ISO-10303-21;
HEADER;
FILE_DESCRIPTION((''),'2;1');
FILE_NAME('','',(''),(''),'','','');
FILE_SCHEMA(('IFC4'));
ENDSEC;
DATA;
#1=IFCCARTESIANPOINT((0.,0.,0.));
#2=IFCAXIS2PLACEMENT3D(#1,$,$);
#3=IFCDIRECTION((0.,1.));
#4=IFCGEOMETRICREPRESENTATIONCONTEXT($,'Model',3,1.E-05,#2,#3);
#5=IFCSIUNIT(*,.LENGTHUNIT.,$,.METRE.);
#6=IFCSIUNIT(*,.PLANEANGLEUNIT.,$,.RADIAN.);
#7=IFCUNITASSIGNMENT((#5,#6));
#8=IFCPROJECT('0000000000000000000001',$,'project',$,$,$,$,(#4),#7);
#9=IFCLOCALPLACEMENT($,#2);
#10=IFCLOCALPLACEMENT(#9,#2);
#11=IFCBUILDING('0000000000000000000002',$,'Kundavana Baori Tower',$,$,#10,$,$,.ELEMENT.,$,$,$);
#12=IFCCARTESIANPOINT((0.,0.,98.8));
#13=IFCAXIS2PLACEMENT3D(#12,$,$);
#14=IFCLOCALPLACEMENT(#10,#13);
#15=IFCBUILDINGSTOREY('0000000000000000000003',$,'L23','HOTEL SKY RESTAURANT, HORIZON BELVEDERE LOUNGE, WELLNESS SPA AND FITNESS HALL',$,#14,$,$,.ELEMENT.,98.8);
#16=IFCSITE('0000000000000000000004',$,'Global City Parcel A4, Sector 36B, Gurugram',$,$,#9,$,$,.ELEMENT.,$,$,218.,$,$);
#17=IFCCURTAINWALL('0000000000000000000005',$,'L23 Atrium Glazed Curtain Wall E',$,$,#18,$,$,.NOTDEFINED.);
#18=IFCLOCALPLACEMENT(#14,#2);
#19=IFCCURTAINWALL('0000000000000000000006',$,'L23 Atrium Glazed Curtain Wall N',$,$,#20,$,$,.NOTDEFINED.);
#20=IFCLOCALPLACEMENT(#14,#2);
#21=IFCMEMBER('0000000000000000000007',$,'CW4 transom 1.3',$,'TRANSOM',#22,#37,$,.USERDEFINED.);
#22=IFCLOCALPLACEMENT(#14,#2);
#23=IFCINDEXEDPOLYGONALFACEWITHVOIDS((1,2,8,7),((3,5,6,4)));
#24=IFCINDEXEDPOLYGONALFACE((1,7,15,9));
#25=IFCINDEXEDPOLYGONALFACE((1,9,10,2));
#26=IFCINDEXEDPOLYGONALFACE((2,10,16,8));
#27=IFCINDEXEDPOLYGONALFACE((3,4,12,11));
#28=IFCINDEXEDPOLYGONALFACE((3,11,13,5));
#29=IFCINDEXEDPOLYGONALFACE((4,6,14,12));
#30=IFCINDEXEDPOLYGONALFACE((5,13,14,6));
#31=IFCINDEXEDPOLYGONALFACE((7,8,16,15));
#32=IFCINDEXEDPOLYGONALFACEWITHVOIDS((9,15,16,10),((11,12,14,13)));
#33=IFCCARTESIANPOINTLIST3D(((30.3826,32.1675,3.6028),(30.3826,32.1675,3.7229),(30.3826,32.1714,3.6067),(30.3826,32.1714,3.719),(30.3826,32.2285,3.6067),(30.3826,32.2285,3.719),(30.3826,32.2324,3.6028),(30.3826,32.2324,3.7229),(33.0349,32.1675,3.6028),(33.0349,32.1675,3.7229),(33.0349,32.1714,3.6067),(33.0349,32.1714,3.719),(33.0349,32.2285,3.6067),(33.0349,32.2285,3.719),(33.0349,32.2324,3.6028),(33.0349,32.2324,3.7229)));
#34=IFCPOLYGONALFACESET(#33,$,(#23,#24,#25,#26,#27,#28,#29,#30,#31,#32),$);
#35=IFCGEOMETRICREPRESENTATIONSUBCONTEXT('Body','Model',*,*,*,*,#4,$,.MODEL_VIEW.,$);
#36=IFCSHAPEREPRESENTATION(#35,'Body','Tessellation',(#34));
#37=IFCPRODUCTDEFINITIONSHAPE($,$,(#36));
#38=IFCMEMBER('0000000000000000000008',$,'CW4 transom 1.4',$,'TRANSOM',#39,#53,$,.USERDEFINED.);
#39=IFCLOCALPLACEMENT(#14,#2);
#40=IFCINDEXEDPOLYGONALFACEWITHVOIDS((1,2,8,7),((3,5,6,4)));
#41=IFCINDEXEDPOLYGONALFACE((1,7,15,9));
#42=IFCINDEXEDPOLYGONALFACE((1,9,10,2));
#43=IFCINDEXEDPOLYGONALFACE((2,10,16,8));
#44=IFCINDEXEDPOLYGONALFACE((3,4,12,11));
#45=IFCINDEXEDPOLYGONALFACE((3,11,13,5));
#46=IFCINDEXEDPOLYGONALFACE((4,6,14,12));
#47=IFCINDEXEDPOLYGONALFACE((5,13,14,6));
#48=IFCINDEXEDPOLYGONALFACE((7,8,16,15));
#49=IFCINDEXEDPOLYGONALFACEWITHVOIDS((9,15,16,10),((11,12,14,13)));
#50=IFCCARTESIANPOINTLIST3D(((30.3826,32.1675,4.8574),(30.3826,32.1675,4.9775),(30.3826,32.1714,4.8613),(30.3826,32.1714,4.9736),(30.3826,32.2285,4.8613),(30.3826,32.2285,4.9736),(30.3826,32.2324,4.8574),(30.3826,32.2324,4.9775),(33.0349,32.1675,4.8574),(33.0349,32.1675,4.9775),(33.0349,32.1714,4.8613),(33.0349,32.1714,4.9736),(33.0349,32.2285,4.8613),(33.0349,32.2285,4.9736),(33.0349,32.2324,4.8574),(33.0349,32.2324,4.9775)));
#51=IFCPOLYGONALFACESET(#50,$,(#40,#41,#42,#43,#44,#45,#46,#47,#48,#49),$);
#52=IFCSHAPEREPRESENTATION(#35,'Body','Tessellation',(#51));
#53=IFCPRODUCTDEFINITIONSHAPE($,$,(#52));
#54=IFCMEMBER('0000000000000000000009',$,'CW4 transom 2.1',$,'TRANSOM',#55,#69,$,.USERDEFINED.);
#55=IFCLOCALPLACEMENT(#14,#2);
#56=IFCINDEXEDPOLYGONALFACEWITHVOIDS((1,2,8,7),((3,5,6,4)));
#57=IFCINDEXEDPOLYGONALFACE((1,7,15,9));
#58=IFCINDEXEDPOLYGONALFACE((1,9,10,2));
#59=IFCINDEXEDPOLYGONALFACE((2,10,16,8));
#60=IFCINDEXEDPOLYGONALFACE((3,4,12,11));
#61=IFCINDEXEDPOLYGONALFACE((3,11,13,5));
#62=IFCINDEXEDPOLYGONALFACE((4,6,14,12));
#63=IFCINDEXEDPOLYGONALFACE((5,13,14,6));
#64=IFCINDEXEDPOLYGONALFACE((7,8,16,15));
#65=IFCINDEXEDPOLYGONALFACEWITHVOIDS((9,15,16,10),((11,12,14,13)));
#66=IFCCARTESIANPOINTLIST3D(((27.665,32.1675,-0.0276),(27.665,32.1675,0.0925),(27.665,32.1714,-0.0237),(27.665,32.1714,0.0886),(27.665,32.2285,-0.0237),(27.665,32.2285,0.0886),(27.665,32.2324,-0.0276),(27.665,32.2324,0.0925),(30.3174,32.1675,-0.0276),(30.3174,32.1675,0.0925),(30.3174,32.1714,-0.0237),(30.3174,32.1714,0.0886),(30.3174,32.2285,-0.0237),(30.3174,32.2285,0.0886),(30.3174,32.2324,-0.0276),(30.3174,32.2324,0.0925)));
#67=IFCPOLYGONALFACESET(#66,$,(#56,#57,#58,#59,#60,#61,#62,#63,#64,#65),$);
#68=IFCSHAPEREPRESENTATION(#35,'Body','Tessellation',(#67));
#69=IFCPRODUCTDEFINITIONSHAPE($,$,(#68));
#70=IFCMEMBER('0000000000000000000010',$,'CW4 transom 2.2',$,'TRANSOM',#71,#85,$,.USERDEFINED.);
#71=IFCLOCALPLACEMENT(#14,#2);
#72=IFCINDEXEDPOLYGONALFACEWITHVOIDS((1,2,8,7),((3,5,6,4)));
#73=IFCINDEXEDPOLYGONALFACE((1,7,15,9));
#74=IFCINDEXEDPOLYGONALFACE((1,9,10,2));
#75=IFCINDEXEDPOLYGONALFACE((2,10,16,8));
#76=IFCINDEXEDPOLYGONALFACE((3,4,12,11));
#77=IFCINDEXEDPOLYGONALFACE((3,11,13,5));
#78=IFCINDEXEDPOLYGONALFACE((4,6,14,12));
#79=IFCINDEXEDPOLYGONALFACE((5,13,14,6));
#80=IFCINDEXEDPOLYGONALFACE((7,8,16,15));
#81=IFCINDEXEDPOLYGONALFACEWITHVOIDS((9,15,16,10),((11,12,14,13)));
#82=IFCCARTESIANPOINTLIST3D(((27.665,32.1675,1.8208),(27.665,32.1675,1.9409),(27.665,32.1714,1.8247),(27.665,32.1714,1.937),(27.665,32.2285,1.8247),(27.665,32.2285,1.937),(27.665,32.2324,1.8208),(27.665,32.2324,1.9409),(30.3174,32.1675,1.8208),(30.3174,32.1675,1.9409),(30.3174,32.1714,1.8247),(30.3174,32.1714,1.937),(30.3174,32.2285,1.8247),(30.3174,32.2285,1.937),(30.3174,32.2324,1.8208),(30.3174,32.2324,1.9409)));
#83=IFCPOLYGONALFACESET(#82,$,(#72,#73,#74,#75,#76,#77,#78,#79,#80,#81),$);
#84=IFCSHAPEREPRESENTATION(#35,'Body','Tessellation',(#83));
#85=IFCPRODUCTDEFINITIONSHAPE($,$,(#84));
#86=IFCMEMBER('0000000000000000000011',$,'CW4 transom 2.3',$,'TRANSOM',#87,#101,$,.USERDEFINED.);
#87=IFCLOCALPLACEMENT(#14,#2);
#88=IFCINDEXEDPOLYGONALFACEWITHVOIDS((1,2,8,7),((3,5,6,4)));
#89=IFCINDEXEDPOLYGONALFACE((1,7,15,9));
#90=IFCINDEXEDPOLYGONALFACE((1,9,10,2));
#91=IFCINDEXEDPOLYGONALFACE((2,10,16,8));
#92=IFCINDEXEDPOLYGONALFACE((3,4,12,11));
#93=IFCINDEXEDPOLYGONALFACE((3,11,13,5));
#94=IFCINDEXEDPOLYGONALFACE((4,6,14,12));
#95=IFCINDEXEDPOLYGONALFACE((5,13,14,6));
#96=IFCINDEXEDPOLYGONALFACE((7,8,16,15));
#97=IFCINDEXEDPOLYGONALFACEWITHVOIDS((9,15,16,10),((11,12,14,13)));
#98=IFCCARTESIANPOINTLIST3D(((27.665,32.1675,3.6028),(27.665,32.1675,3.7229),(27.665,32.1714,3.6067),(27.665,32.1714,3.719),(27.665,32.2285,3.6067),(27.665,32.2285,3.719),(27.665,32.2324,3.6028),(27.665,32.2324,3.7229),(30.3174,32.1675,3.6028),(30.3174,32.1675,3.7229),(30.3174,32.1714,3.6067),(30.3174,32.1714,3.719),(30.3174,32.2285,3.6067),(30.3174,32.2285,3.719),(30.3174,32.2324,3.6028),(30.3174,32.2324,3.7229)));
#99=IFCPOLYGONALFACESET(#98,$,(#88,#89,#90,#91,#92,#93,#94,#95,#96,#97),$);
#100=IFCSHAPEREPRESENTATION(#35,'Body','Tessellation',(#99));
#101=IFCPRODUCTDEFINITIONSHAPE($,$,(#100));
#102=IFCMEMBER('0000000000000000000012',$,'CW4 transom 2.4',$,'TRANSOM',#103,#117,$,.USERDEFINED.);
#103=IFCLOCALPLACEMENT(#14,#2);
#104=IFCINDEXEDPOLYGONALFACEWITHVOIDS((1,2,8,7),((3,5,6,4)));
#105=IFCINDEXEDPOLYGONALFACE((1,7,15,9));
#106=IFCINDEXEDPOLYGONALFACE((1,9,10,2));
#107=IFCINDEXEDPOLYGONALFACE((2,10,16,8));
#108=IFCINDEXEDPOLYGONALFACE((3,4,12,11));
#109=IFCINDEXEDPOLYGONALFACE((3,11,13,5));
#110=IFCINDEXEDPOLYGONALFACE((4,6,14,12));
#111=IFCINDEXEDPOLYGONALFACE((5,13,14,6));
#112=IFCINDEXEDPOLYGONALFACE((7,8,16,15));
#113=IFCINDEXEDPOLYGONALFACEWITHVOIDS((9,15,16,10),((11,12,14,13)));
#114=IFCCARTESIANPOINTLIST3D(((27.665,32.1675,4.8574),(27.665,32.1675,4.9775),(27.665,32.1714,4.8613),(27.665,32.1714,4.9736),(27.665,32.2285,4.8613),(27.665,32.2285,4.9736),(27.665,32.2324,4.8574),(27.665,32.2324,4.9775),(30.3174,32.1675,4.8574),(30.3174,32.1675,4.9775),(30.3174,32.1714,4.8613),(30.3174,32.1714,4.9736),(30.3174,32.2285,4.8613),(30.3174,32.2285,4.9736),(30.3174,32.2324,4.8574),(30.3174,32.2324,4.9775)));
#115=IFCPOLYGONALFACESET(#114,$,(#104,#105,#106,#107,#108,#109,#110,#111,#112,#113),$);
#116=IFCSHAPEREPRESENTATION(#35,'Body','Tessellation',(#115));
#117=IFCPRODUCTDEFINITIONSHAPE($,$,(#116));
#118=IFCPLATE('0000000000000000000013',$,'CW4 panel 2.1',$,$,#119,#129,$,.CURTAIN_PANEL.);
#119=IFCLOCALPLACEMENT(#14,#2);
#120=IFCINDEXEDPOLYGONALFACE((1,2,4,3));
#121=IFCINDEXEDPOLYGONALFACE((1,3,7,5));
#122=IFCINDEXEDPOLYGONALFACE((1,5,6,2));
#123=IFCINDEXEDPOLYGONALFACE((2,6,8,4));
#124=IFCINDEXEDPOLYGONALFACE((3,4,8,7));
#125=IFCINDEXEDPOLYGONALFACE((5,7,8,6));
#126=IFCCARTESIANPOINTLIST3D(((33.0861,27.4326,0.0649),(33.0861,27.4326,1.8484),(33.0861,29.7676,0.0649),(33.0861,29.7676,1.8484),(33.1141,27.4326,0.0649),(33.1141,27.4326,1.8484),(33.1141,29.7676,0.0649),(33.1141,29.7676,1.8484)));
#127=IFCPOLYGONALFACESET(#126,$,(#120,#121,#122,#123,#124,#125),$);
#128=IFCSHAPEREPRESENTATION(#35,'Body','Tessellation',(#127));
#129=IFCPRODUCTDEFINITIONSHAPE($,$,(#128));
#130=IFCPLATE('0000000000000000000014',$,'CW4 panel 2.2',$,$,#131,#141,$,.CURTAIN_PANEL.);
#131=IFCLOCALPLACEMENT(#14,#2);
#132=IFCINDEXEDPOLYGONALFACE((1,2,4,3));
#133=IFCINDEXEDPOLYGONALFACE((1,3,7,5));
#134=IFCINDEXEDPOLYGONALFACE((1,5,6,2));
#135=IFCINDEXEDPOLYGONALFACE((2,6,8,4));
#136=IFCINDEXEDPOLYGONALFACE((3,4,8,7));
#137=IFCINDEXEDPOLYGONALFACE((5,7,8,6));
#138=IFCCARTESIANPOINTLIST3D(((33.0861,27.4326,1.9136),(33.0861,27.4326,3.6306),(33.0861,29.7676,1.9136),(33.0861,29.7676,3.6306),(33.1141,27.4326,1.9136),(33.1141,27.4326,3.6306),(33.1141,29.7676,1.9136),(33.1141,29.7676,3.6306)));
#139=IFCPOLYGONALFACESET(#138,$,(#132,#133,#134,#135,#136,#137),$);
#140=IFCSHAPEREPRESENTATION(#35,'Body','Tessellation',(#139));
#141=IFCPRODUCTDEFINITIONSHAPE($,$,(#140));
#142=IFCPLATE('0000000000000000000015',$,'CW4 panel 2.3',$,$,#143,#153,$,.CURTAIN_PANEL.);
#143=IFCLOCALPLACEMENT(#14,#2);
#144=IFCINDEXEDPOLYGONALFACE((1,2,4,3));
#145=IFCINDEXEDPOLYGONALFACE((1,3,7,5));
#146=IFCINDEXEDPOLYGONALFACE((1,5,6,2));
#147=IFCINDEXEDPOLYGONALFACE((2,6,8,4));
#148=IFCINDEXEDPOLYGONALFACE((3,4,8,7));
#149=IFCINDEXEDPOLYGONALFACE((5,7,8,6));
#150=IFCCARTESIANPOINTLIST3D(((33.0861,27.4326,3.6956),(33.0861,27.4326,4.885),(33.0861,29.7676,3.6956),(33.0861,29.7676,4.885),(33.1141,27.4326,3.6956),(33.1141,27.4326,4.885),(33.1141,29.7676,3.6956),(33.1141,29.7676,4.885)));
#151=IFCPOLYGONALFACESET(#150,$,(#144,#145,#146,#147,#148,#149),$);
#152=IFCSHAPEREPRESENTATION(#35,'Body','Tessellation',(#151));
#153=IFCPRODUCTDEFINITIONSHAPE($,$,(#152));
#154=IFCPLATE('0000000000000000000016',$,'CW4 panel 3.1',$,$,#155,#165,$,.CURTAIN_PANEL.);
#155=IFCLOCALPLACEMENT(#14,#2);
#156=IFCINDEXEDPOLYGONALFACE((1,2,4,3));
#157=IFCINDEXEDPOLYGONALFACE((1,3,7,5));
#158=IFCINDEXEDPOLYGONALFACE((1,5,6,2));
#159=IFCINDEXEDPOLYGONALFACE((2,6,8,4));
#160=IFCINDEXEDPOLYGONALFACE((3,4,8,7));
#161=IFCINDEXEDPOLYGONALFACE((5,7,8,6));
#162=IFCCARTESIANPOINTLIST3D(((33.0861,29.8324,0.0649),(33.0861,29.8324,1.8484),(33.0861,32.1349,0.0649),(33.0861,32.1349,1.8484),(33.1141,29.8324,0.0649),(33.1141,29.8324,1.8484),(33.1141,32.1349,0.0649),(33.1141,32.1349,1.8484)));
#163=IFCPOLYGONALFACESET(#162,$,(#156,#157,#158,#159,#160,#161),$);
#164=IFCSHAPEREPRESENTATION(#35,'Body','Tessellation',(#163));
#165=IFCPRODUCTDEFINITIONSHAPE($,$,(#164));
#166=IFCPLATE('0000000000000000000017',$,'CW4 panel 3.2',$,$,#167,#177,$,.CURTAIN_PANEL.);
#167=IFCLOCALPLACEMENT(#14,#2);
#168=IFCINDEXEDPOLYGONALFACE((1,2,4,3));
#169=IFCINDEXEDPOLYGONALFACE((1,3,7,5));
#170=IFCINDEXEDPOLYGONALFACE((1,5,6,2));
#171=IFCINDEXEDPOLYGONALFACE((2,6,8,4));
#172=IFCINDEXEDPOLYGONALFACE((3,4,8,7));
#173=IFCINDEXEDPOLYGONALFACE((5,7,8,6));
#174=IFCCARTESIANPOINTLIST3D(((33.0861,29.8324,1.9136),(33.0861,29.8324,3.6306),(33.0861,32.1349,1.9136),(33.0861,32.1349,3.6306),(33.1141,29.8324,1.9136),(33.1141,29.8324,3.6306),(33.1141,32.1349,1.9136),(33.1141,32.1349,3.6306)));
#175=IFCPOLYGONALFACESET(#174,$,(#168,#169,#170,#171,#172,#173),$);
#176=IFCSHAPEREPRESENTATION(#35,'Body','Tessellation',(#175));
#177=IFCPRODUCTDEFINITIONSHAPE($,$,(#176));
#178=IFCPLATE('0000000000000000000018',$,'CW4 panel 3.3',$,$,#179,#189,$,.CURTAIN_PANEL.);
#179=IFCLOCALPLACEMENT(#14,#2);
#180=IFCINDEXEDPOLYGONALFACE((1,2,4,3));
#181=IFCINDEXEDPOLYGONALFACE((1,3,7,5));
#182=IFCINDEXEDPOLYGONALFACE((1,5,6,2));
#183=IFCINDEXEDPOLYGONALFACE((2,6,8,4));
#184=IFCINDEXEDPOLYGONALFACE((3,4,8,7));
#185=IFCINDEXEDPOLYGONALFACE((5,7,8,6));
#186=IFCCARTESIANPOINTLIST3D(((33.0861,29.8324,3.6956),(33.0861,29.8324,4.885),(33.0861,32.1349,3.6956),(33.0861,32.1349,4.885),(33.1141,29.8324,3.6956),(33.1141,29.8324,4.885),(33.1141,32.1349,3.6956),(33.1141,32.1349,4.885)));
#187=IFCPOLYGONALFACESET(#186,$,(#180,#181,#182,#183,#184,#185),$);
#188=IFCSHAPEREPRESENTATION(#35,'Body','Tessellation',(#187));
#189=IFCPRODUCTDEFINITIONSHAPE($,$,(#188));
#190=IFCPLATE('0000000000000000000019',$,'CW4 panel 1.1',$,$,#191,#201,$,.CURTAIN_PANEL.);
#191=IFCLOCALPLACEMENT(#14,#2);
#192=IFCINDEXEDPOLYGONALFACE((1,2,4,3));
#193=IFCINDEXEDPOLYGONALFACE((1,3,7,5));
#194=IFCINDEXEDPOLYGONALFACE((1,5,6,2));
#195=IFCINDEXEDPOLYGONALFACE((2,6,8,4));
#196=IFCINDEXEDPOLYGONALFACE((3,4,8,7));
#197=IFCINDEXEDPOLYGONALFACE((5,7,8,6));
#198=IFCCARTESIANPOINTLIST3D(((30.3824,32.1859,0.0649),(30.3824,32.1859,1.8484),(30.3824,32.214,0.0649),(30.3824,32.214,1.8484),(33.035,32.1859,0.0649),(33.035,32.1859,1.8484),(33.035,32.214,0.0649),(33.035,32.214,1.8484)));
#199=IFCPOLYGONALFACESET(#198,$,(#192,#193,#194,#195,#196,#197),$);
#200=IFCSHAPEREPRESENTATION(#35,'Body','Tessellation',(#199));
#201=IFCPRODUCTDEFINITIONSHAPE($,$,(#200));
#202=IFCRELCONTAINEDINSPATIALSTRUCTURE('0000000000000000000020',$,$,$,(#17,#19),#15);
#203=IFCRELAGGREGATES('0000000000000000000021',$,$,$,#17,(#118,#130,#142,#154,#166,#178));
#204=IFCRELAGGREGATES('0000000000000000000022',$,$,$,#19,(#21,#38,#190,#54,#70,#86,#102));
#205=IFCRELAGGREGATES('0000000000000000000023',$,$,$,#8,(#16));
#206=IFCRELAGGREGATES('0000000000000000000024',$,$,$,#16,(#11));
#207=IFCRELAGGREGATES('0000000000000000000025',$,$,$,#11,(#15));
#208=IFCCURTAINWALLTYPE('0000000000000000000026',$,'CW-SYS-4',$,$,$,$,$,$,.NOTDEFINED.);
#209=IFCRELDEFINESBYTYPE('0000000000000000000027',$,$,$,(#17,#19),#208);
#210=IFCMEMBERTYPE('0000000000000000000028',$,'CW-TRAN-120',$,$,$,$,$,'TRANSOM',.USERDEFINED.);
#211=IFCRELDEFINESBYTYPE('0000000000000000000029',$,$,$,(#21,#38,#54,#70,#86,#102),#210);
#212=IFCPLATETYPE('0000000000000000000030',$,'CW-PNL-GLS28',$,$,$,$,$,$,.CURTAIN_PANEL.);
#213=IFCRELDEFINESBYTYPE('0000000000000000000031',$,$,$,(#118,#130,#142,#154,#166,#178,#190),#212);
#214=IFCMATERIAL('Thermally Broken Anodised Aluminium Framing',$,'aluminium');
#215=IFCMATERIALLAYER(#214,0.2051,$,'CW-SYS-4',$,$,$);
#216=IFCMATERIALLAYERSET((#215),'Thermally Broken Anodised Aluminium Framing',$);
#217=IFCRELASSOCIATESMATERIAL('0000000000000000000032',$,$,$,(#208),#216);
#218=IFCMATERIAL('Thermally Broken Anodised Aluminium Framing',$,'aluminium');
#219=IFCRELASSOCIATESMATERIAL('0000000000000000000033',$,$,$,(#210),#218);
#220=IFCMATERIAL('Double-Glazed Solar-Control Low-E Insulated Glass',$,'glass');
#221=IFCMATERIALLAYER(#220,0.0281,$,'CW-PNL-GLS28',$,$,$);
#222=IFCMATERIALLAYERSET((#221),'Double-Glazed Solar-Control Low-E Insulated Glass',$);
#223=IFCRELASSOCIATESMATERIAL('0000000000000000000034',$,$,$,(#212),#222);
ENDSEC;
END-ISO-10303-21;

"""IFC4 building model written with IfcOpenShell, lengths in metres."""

from ifc_helpers import new_model, si_unit, direction, frame, origin, origin_2d, place, context, subcontext, project, spatial, rectangle, hollow_rectangle, extrude, material, layer, layer_set, material_profile, profile_set, type_object, element, aggregate, save


model = new_model("IFC4")

# Units and contexts
model_context = context("Model", 3, precision=1e-05, world=origin(), true_north=direction((0.0, 1.0)))
body_context = subcontext(model_context, "Body", "Model", "MODEL_VIEW")
ifc_project = project(units=[si_unit("LENGTHUNIT", "METRE"), si_unit("PLANEANGLEUNIT", "RADIAN")], contexts=[model_context])

# Site, building, storey
site_placement = place(None, origin())
site = spatial("IfcSite", under=ifc_project, at=site_placement, Name="Global City Parcel A4, Sector 36B, Gurugram", CompositionType="ELEMENT", RefElevation=218.0)
building_placement = place(site_placement, origin())
building = spatial("IfcBuilding", under=site, at=building_placement, Name="Kundavana Baori Tower", CompositionType="ELEMENT")
storey_placement = place(building_placement, frame((0.0, 0.0, 98.8)))
storey = spatial("IfcBuildingStorey", under=building, at=storey_placement, Name="L23", Description="HOTEL SKY RESTAURANT, HORIZON BELVEDERE LOUNGE, WELLNESS SPA AND FITNESS HALL", CompositionType="ELEMENT", Elevation=98.8)

# Curtain walls
ifc_material_1 = material(Name="Thermally Broken Anodised Aluminium Framing", Category="aluminium")
ifc_layer_1 = layer(ifc_material_1, 0.2051, Name="CW-SYS-4")
ifc_layer_set_1 = layer_set([ifc_layer_1], Name="Thermally Broken Anodised Aluminium Framing")
curtain_wall_type = type_object("IfcCurtainWallType", Name="CW-SYS-4", PredefinedType="NOTDEFINED", material=ifc_layer_set_1)
curtain_wall_1_placement = place(storey_placement, origin())
curtain_wall_1 = element("IfcCurtainWall", 1, at=curtain_wall_1_placement, inside=storey, type_object=curtain_wall_type, Name="L23 Atrium Glazed Curtain Wall E", PredefinedType="NOTDEFINED")
curtain_wall_2_placement = place(storey_placement, origin())
curtain_wall_2 = element("IfcCurtainWall", 2, at=curtain_wall_2_placement, inside=storey, type_object=curtain_wall_type, Name="L23 Atrium Glazed Curtain Wall N", PredefinedType="NOTDEFINED")

# Members
ifc_material_2 = material(Name="Thermally Broken Anodised Aluminium Framing", Category="aluminium")
ifc_material_profile_1 = material_profile(ifc_material_2, hollow_rectangle(XDim=0.0649, YDim=0.1201, WallThickness=0.0039, at=origin_2d()), Name="CW-TRAN-120")
ifc_profile_set_1 = profile_set([ifc_material_profile_1], Name="Thermally Broken Anodised Aluminium Framing")
member_type_1 = type_object("IfcMemberType", Name="CW-TRAN-120", ElementType="TRANSOM", PredefinedType="USERDEFINED", material=ifc_profile_set_1)
member_1_placement = place(storey_placement, frame((33.0349, 32.2, 3.6628), z_axis=(-1.0, 0.0, 0.0), x_axis=(0.0, -1.0, 0.0)))
member_1 = element("IfcMember", 3, at=member_1_placement, type_object=member_type_1, Name="CW4 transom 1.3", ObjectType="TRANSOM", PredefinedType="USERDEFINED", context=body_context, shape_type="SweptSolid", body=[
    extrude(hollow_rectangle(XDim=0.0649, YDim=0.1201, WallThickness=0.0039, at=origin_2d()), origin(), (0.0, 0.0, 1.0), 2.6523),
])
member_2_placement = place(storey_placement, frame((33.0349, 32.2, 4.9175), z_axis=(-1.0, 0.0, 0.0), x_axis=(0.0, -1.0, 0.0)))
member_2 = element("IfcMember", 4, at=member_2_placement, type_object=member_type_1, Name="CW4 transom 1.4", ObjectType="TRANSOM", PredefinedType="USERDEFINED", context=body_context, shape_type="SweptSolid", body=[
    extrude(hollow_rectangle(XDim=0.0649, YDim=0.1201, WallThickness=0.0039, at=origin_2d()), origin(), (0.0, 0.0, 1.0), 2.6523),
])
member_3_placement = place(storey_placement, frame((30.3174, 32.2, 0.0325), z_axis=(-1.0, 0.0, 0.0), x_axis=(0.0, -1.0, 0.0)))
member_3 = element("IfcMember", 5, at=member_3_placement, type_object=member_type_1, Name="CW4 transom 2.1", ObjectType="TRANSOM", PredefinedType="USERDEFINED", context=body_context, shape_type="SweptSolid", body=[
    extrude(hollow_rectangle(XDim=0.0649, YDim=0.1201, WallThickness=0.0039, at=origin_2d()), origin(), (0.0, 0.0, 1.0), 2.6523),
])
member_4_placement = place(storey_placement, frame((30.3174, 32.2, 1.8809), z_axis=(-1.0, 0.0, 0.0), x_axis=(0.0, -1.0, 0.0)))
member_4 = element("IfcMember", 6, at=member_4_placement, type_object=member_type_1, Name="CW4 transom 2.2", ObjectType="TRANSOM", PredefinedType="USERDEFINED", context=body_context, shape_type="SweptSolid", body=[
    extrude(hollow_rectangle(XDim=0.0649, YDim=0.1201, WallThickness=0.0039, at=origin_2d()), origin(), (0.0, 0.0, 1.0), 2.6523),
])
member_5_placement = place(storey_placement, frame((30.3174, 32.2, 3.6628), z_axis=(-1.0, 0.0, 0.0), x_axis=(0.0, -1.0, 0.0)))
member_5 = element("IfcMember", 7, at=member_5_placement, type_object=member_type_1, Name="CW4 transom 2.3", ObjectType="TRANSOM", PredefinedType="USERDEFINED", context=body_context, shape_type="SweptSolid", body=[
    extrude(hollow_rectangle(XDim=0.0649, YDim=0.1201, WallThickness=0.0039, at=origin_2d()), origin(), (0.0, 0.0, 1.0), 2.6523),
])
member_6_placement = place(storey_placement, frame((30.3174, 32.2, 4.9175), z_axis=(-1.0, 0.0, 0.0), x_axis=(0.0, -1.0, 0.0)))
member_6 = element("IfcMember", 8, at=member_6_placement, type_object=member_type_1, Name="CW4 transom 2.4", ObjectType="TRANSOM", PredefinedType="USERDEFINED", context=body_context, shape_type="SweptSolid", body=[
    extrude(hollow_rectangle(XDim=0.0649, YDim=0.1201, WallThickness=0.0039, at=origin_2d()), origin(), (0.0, 0.0, 1.0), 2.6523),
])

# Plates
ifc_material_3 = material(Name="Double-Glazed Solar-Control Low-E Insulated Glass", Category="glass")
ifc_layer_2 = layer(ifc_material_3, 0.0281, Name="CW-PNL-GLS28")
ifc_layer_set_2 = layer_set([ifc_layer_2], Name="Double-Glazed Solar-Control Low-E Insulated Glass")
plate_type = type_object("IfcPlateType", Name="CW-PNL-GLS28", PredefinedType="CURTAIN_PANEL", material=ifc_layer_set_2)
plate_1_placement = place(storey_placement, frame((33.1001, 28.6001, 0.0649), z_axis=(0.0, 0.0, 1.0), x_axis=(0.0, 1.0, 0.0)))
plate_1 = element("IfcPlate", 9, at=plate_1_placement, type_object=plate_type, Name="CW4 panel 2.1", PredefinedType="CURTAIN_PANEL", context=body_context, shape_type="SweptSolid", body=[
    extrude(rectangle(XDim=2.335, YDim=0.0281, at=origin_2d()), origin(), (0.0, 0.0, 1.0), 1.7834),
])
plate_2_placement = place(storey_placement, frame((33.1001, 28.6001, 1.9136), z_axis=(0.0, 0.0, 1.0), x_axis=(0.0, 1.0, 0.0)))
plate_2 = element("IfcPlate", 10, at=plate_2_placement, type_object=plate_type, Name="CW4 panel 2.2", PredefinedType="CURTAIN_PANEL", context=body_context, shape_type="SweptSolid", body=[
    extrude(rectangle(XDim=2.335, YDim=0.0281, at=origin_2d()), origin(), (0.0, 0.0, 1.0), 1.717),
])
plate_3_placement = place(storey_placement, frame((33.1001, 28.6001, 3.6956), z_axis=(0.0, 0.0, 1.0), x_axis=(0.0, 1.0, 0.0)))
plate_3 = element("IfcPlate", 11, at=plate_3_placement, type_object=plate_type, Name="CW4 panel 2.3", PredefinedType="CURTAIN_PANEL", context=body_context, shape_type="SweptSolid", body=[
    extrude(rectangle(XDim=2.335, YDim=0.0281, at=origin_2d()), origin(), (0.0, 0.0, 1.0), 1.1895),
])
plate_4_placement = place(storey_placement, frame((33.1001, 30.9836, 0.0649), z_axis=(0.0, 0.0, 1.0), x_axis=(0.0, 1.0, 0.0)))
plate_4 = element("IfcPlate", 12, at=plate_4_placement, type_object=plate_type, Name="CW4 panel 3.1", PredefinedType="CURTAIN_PANEL", context=body_context, shape_type="SweptSolid", body=[
    extrude(rectangle(XDim=2.3025, YDim=0.0281, at=origin_2d()), origin(), (0.0, 0.0, 1.0), 1.7834),
])
plate_5_placement = place(storey_placement, frame((33.1001, 30.9836, 1.9136), z_axis=(0.0, 0.0, 1.0), x_axis=(0.0, 1.0, 0.0)))
plate_5 = element("IfcPlate", 13, at=plate_5_placement, type_object=plate_type, Name="CW4 panel 3.2", PredefinedType="CURTAIN_PANEL", context=body_context, shape_type="SweptSolid", body=[
    extrude(rectangle(XDim=2.3025, YDim=0.0281, at=origin_2d()), origin(), (0.0, 0.0, 1.0), 1.717),
])
plate_6_placement = place(storey_placement, frame((33.1001, 30.9836, 3.6956), z_axis=(0.0, 0.0, 1.0), x_axis=(0.0, 1.0, 0.0)))
plate_6 = element("IfcPlate", 14, at=plate_6_placement, type_object=plate_type, Name="CW4 panel 3.3", PredefinedType="CURTAIN_PANEL", context=body_context, shape_type="SweptSolid", body=[
    extrude(rectangle(XDim=2.3025, YDim=0.0281, at=origin_2d()), origin(), (0.0, 0.0, 1.0), 1.1895),
])
aggregate(curtain_wall_1, [plate_1, plate_2, plate_3, plate_4, plate_5, plate_6])
plate_7_placement = place(storey_placement, frame((31.7087, 32.2, 0.0649), z_axis=(0.0, 0.0, 1.0), x_axis=(-1.0, 0.0, 0.0)))
plate_7 = element("IfcPlate", 15, at=plate_7_placement, type_object=plate_type, Name="CW4 panel 1.1", PredefinedType="CURTAIN_PANEL", context=body_context, shape_type="SweptSolid", body=[
    extrude(rectangle(XDim=2.6526, YDim=0.0281, at=origin_2d()), origin(), (0.0, 0.0, 1.0), 1.7834),
])
aggregate(curtain_wall_2, [member_1, member_2, plate_7, member_3, member_4, member_5, member_6])

save(model, "model.ifc")
